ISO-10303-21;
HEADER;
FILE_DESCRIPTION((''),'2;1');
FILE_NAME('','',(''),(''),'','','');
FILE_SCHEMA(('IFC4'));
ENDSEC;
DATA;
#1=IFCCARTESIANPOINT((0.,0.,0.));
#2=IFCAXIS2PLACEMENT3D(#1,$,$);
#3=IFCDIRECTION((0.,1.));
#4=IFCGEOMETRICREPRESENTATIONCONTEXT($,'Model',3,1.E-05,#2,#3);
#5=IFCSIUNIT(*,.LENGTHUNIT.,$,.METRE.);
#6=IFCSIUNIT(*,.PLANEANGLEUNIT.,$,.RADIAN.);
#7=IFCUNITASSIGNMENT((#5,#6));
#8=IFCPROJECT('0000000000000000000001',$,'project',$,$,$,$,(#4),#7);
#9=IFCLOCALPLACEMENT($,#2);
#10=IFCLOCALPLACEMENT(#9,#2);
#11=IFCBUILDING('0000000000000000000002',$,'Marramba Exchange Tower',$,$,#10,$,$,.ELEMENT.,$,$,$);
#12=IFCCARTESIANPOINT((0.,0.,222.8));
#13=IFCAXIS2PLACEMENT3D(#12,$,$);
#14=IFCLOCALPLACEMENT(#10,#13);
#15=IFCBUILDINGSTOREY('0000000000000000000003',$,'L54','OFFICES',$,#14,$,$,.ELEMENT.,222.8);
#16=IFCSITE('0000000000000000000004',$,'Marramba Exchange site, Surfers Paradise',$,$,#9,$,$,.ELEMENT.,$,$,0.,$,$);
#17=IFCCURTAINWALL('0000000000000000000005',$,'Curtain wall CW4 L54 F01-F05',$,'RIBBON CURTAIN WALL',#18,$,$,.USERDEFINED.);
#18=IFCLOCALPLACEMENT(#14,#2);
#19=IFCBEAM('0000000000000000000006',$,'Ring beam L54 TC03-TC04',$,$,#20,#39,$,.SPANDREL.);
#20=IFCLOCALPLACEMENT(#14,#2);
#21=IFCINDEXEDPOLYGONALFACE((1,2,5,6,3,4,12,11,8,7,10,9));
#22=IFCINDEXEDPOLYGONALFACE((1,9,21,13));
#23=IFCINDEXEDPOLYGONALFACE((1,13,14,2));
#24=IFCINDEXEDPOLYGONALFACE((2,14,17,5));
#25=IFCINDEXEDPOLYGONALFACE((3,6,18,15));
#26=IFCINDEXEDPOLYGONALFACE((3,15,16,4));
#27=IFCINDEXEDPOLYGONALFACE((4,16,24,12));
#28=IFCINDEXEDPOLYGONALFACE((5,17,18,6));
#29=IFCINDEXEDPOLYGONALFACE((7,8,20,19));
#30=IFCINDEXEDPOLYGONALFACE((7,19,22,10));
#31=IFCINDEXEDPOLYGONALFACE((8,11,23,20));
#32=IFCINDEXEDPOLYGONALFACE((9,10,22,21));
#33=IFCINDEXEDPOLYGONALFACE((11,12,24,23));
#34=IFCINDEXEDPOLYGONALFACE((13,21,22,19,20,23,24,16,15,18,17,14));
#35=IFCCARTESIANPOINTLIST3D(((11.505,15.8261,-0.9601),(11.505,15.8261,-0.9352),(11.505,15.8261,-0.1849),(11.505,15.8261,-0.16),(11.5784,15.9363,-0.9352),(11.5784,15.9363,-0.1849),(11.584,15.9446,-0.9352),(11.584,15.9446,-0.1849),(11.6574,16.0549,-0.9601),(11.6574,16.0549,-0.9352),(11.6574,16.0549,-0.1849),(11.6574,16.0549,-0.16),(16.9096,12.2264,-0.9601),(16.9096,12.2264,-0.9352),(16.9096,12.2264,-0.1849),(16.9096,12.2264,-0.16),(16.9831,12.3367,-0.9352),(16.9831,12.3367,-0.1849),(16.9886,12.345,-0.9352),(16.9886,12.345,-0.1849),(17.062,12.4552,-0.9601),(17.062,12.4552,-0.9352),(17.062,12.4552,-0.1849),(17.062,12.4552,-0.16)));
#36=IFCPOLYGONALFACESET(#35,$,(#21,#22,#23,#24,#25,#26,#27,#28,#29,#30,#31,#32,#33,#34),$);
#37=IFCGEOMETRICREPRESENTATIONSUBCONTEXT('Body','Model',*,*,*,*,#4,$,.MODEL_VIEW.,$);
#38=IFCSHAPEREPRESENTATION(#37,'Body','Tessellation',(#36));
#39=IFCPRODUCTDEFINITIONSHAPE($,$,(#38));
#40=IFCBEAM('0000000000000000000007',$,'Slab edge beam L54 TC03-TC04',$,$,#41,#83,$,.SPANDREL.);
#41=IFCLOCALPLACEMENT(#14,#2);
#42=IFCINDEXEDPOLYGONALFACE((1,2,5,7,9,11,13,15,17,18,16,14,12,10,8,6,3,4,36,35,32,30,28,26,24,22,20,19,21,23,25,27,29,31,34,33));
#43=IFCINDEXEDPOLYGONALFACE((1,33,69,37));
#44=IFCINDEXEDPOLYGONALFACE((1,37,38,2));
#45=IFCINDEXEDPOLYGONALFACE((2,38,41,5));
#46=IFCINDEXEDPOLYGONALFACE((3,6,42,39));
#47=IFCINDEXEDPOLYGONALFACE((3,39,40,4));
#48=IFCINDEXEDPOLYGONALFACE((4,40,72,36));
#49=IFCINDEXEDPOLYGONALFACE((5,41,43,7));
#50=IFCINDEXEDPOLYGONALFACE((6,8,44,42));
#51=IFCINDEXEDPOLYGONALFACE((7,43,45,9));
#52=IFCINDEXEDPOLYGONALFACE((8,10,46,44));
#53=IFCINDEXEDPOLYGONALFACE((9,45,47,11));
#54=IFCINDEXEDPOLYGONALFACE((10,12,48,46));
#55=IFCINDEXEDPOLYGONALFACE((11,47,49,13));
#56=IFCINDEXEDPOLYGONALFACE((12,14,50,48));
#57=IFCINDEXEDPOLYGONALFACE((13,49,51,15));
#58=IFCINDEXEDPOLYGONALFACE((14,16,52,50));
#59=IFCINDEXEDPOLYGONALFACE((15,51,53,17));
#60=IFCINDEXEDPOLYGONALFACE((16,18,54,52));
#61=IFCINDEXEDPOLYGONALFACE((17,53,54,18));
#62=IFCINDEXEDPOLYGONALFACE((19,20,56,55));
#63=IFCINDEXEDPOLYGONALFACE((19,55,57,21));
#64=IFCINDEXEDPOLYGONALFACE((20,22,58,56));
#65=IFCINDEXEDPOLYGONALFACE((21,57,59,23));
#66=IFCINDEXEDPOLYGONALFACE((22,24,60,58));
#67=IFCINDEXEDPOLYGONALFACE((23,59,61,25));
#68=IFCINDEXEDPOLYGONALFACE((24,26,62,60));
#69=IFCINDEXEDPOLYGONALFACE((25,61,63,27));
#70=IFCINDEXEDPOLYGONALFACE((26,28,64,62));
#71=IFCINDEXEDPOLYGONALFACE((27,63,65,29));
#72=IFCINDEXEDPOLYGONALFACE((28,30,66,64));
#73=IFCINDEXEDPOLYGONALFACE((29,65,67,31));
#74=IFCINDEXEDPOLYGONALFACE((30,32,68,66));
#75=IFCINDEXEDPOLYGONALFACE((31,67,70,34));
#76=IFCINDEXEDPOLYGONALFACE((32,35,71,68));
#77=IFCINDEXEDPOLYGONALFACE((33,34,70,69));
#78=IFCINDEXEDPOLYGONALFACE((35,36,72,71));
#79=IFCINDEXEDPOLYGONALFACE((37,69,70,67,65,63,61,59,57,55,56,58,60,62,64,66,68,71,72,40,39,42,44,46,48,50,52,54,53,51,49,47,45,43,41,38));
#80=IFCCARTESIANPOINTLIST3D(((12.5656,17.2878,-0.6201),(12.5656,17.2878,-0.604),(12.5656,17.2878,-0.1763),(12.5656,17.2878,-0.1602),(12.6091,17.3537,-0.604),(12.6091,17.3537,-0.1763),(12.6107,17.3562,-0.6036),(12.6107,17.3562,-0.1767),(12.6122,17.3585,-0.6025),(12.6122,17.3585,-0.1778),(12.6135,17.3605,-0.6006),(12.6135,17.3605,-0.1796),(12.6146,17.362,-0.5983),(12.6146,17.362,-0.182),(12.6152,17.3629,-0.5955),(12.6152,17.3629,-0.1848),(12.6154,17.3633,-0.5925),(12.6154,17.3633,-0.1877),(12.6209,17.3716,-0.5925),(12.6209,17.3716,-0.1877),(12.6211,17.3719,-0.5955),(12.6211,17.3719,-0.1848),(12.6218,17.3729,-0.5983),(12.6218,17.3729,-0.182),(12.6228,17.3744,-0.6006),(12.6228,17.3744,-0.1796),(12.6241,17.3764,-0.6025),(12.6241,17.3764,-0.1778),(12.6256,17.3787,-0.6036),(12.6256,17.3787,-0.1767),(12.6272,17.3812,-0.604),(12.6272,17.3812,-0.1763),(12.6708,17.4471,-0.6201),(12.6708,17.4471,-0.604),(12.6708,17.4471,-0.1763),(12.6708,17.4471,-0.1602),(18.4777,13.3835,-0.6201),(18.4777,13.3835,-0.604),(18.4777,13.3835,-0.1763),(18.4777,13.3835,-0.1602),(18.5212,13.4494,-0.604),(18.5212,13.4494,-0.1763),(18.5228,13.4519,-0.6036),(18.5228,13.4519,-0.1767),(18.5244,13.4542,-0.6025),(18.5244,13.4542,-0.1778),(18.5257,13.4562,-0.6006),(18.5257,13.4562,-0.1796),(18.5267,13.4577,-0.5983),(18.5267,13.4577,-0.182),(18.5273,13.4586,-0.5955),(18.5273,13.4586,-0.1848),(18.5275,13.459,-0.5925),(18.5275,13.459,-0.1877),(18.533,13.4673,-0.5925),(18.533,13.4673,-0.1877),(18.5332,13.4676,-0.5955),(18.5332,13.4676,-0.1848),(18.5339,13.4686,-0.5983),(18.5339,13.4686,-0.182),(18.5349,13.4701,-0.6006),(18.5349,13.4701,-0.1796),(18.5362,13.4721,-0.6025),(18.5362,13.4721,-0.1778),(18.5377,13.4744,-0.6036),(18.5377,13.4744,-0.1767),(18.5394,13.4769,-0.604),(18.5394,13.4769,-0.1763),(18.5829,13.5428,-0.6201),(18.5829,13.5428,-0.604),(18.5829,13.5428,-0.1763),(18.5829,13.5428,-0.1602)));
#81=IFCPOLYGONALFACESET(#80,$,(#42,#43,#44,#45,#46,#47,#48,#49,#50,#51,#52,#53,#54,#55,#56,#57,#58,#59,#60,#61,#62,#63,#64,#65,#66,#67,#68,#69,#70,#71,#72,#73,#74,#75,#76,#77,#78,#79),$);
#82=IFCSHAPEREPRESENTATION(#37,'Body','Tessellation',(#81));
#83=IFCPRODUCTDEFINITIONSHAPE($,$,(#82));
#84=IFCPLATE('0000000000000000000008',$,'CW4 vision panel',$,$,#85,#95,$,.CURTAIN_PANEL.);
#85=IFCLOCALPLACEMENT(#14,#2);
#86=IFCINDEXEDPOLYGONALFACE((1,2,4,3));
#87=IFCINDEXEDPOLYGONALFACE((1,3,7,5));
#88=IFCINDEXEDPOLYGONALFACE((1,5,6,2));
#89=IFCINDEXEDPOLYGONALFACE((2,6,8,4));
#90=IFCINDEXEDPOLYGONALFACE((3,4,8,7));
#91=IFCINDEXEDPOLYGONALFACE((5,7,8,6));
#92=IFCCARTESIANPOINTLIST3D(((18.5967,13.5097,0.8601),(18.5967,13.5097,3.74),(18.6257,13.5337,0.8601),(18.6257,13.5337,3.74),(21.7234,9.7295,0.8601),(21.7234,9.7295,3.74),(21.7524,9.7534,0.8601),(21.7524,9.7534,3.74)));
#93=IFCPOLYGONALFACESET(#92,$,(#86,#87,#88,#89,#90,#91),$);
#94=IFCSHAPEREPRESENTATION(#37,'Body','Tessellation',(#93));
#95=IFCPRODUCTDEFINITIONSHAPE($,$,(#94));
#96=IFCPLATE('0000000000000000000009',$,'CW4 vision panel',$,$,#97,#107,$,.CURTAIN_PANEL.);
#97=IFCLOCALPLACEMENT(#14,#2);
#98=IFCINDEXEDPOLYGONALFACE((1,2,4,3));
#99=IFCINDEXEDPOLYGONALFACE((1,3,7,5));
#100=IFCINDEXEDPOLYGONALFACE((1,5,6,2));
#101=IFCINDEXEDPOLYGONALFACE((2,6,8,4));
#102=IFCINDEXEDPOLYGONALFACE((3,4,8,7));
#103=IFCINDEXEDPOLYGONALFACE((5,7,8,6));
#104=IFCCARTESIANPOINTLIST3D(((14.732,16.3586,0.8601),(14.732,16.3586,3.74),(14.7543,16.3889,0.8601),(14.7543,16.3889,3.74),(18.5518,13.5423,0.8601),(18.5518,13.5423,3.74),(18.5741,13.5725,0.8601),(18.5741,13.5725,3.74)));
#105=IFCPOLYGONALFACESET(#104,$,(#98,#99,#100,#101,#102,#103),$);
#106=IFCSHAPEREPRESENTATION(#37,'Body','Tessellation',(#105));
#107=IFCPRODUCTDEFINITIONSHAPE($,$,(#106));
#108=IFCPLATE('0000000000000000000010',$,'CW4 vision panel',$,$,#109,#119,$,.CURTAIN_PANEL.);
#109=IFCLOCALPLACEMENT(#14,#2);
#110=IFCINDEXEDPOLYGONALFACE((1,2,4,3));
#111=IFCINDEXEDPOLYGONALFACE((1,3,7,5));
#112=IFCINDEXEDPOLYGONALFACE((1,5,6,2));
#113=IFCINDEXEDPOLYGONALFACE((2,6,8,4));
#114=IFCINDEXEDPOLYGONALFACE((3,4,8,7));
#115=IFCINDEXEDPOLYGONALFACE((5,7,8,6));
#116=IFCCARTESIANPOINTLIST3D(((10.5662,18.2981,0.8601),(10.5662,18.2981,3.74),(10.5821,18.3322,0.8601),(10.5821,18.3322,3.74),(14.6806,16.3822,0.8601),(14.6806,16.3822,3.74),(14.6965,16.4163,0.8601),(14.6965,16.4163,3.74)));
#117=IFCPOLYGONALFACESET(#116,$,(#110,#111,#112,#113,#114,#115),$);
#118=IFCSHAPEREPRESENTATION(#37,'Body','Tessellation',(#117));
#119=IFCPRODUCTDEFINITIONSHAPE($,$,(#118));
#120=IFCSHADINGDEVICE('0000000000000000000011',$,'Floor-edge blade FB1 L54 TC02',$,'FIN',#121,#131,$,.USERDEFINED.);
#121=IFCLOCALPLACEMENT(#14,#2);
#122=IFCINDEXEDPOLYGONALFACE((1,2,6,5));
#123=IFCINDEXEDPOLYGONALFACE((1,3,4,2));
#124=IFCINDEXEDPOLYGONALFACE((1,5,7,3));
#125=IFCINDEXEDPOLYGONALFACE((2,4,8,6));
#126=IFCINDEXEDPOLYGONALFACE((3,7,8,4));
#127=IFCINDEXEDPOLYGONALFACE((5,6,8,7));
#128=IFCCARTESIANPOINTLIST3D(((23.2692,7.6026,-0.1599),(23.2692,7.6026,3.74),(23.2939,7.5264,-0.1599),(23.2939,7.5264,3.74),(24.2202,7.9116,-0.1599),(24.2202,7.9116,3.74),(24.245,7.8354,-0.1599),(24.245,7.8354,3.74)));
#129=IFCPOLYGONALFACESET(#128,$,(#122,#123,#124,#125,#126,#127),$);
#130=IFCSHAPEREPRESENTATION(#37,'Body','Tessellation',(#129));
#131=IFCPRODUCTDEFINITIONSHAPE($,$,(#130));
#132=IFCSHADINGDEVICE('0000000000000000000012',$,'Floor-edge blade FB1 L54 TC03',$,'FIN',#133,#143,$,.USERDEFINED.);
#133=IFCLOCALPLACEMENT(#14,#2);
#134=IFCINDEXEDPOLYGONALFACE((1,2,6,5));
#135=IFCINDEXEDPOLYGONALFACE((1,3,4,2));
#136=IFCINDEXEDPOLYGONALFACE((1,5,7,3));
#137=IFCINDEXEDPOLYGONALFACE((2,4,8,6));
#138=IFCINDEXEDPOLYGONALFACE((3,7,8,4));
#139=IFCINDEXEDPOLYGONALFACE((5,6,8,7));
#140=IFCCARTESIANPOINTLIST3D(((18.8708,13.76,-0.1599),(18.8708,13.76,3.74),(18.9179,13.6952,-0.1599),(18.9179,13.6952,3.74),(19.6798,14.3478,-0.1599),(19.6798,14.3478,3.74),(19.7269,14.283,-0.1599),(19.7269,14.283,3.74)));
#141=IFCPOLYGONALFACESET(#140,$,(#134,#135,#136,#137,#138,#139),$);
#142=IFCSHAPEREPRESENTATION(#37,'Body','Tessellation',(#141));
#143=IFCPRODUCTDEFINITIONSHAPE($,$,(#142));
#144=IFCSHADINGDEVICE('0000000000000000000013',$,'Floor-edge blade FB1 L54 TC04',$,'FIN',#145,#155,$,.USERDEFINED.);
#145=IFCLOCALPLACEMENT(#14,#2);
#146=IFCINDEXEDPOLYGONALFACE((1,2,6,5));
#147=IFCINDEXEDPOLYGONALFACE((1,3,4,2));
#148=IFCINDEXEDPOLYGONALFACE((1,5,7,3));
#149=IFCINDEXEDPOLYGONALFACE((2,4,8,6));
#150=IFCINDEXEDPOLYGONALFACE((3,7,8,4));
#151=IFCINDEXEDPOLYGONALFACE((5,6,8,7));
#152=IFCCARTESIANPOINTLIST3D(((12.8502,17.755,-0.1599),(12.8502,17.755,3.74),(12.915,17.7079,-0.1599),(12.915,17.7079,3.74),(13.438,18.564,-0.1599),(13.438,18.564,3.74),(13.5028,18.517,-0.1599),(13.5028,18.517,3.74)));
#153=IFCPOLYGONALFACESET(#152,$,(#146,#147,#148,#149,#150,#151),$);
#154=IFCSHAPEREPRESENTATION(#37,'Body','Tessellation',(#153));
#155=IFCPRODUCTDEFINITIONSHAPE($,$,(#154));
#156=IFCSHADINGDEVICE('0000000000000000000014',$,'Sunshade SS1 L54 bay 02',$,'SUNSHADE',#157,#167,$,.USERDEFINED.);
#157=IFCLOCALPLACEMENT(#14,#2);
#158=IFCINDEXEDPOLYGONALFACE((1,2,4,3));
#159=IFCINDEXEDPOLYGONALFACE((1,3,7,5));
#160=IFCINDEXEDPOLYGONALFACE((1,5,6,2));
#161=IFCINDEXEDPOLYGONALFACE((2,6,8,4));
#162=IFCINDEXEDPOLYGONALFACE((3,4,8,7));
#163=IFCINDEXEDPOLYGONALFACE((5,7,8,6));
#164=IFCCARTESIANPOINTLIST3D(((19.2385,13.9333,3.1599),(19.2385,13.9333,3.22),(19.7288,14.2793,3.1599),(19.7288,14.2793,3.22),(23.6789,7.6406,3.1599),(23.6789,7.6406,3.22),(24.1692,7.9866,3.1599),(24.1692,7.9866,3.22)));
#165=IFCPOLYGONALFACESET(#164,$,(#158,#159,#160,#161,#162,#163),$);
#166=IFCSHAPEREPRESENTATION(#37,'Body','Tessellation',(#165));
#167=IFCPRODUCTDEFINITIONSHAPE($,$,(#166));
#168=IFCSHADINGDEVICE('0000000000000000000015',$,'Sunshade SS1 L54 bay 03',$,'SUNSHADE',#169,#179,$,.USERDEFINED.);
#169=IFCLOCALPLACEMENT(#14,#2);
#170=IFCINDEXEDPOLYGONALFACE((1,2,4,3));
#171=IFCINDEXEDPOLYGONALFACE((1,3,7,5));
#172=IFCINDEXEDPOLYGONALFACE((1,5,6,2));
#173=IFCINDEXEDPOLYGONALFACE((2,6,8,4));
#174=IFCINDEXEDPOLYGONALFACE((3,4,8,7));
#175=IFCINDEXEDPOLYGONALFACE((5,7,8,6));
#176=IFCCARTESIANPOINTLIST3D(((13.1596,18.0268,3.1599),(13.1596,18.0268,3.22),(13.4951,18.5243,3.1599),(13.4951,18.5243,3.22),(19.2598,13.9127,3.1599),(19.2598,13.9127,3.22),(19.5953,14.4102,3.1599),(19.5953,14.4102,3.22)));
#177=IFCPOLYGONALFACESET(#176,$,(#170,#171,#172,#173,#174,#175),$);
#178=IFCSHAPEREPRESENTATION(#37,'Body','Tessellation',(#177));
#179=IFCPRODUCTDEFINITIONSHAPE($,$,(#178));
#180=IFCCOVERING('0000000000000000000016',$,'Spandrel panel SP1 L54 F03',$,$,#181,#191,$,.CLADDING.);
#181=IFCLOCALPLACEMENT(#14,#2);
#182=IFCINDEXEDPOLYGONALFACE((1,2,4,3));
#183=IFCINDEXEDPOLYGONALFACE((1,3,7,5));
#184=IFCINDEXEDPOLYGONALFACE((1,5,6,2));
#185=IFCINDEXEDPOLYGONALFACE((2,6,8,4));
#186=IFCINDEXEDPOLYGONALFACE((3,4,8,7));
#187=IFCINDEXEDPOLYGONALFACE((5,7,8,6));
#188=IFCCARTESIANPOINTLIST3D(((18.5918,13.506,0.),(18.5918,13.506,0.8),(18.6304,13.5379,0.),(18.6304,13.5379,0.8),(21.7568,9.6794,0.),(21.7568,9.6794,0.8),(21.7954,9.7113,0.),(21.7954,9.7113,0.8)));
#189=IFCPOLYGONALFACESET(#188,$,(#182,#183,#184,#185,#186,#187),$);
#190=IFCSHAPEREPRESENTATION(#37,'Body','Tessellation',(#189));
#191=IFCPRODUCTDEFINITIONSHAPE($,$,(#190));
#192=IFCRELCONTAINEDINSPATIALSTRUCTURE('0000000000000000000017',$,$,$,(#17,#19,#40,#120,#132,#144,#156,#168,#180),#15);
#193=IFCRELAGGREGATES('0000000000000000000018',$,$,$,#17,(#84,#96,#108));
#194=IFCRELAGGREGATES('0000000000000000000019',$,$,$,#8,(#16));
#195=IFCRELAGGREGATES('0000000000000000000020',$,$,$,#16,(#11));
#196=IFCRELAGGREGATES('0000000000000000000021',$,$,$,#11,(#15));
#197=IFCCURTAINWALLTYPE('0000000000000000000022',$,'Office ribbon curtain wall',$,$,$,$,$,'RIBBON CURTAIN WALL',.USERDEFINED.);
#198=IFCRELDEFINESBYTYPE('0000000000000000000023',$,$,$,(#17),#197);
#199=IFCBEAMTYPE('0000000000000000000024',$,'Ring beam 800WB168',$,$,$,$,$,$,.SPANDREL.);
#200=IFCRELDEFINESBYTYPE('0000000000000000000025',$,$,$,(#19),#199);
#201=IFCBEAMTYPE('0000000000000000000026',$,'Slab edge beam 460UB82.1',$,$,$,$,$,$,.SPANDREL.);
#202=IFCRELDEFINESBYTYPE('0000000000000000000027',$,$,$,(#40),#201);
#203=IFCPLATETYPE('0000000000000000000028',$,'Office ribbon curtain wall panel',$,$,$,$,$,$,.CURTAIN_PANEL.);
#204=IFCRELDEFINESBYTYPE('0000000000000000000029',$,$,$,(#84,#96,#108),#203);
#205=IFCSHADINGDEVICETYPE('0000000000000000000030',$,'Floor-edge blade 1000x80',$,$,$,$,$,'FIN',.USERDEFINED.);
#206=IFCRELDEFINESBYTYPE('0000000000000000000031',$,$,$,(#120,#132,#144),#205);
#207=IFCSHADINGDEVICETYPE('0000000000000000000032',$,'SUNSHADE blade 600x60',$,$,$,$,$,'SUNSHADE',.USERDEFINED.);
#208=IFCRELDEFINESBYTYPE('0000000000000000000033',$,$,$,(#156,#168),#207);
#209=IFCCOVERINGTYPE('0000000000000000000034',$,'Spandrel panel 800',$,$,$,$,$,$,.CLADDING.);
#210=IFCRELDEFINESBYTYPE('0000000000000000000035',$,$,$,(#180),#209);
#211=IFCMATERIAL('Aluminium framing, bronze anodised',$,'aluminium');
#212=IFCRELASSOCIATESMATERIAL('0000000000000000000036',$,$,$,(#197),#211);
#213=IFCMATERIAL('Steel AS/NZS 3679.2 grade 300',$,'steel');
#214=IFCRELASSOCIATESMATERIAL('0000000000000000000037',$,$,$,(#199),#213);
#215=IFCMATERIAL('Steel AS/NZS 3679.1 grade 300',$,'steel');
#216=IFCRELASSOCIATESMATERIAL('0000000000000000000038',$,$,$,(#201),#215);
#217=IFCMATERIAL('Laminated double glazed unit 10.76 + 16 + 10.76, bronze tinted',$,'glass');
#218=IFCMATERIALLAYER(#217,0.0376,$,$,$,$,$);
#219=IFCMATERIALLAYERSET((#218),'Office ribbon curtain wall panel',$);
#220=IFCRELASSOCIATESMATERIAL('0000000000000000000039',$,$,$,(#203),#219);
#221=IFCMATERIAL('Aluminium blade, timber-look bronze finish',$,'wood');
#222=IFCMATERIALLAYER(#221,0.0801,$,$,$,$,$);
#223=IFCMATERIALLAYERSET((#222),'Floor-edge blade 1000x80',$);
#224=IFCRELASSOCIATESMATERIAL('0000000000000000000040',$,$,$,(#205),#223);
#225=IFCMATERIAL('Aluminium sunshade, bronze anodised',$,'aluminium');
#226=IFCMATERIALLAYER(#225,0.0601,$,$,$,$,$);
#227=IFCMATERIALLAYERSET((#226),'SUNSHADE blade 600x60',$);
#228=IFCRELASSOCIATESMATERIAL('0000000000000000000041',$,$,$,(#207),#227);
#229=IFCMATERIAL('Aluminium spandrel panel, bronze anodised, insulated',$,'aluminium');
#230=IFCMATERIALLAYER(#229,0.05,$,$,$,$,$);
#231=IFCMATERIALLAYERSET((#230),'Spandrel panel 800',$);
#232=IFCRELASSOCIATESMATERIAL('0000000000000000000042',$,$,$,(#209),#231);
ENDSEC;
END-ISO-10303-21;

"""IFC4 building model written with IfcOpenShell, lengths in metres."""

from ifc_helpers import new_model, si_unit, direction, frame, origin, origin_2d, place, context, subcontext, project, spatial, rectangle, i_section, extrude, material, layer, layer_set, material_profile, profile_set, type_object, element, aggregate, save


model = new_model("IFC4")

# Units and contexts
model_context = context("Model", 3, precision=1e-05, world=origin(), true_north=direction((0.0, 1.0)))
body_context = subcontext(model_context, "Body", "Model", "MODEL_VIEW")
ifc_project = project(units=[si_unit("LENGTHUNIT", "METRE"), si_unit("PLANEANGLEUNIT", "RADIAN")], contexts=[model_context])

# Site, building, storey
site_placement = place(None, origin())
site = spatial("IfcSite", under=ifc_project, at=site_placement, Name="Marramba Exchange site, Surfers Paradise", CompositionType="ELEMENT", RefElevation=0.0)
building_placement = place(site_placement, origin())
building = spatial("IfcBuilding", under=site, at=building_placement, Name="Marramba Exchange Tower", CompositionType="ELEMENT")
storey_placement = place(building_placement, frame((0.0, 0.0, 222.8)))
storey = spatial("IfcBuildingStorey", under=building, at=storey_placement, Name="L54", Description="OFFICES", CompositionType="ELEMENT", Elevation=222.8)

# Shared definitions
ifc_material_1 = material(Name="Steel AS/NZS 3679.2 grade 300", Category="steel")
ifc_material_2 = material(Name="Steel AS/NZS 3679.1 grade 300", Category="steel")

# Curtain wall
ifc_material_3 = material(Name="Aluminium framing, bronze anodised", Category="aluminium")
curtain_wall_type = type_object("IfcCurtainWallType", Name="Office ribbon curtain wall", ElementType="RIBBON CURTAIN WALL", PredefinedType="USERDEFINED", material=ifc_material_3)
curtain_wall_placement = place(storey_placement, origin())
curtain_wall = element("IfcCurtainWall", 1, at=curtain_wall_placement, inside=storey, type_object=curtain_wall_type, Name="Curtain wall CW4 L54 F01-F05", ObjectType="RIBBON CURTAIN WALL", PredefinedType="USERDEFINED")

# Beams
ifc_material_profile_1 = material_profile(ifc_material_1, i_section(OverallWidth=0.2749, OverallDepth=0.8, WebThickness=0.01, FlangeThickness=0.0249, at=origin_2d()), Name="800WB168")
ifc_profile_set_1 = profile_set([ifc_material_profile_1], Name="Steel AS/NZS 3679.2 grade 300")
beam_type_1 = type_object("IfcBeamType", Name="Ring beam 800WB168", PredefinedType="SPANDREL", material=ifc_profile_set_1)
beam_1_placement = place(storey_placement, frame((16.9858, 12.3408, -0.5601), z_axis=(-0.832293, 0.554336, 0.0), x_axis=(-0.554336, -0.832293, 0.0)))
element("IfcBeam", 2, at=beam_1_placement, inside=storey, type_object=beam_type_1, Name="Ring beam L54 TC03-TC04", PredefinedType="SPANDREL", context=body_context, shape_type="SweptSolid", body=[
    extrude(i_section(OverallWidth=0.2749, OverallDepth=0.8, WebThickness=0.01, FlangeThickness=0.0249, at=origin_2d()), origin(), (0.0, 0.0, 1.0), 6.4937),
])
ifc_material_profile_2 = material_profile(ifc_material_2, i_section(OverallWidth=0.1909, OverallDepth=0.46, WebThickness=0.01, FlangeThickness=0.0161, FilletRadius=0.0115, at=origin_2d()), Name="460UB82.1")
ifc_profile_set_2 = profile_set([ifc_material_profile_2], Name="Steel AS/NZS 3679.1 grade 300")
beam_type_2 = type_object("IfcBeamType", Name="Slab edge beam 460UB82.1", PredefinedType="SPANDREL", material=ifc_profile_set_2)
beam_2_placement = place(storey_placement, frame((18.5303, 13.4631, -0.3901), z_axis=(-0.83446, 0.551069, 0.0), x_axis=(-0.551069, -0.83446, 0.0)))
element("IfcBeam", 3, at=beam_2_placement, inside=storey, type_object=beam_type_2, Name="Slab edge beam L54 TC03-TC04", PredefinedType="SPANDREL", context=body_context, shape_type="SweptSolid", body=[
    extrude(i_section(OverallWidth=0.1909, OverallDepth=0.46, WebThickness=0.01, FlangeThickness=0.0161, FilletRadius=0.0115, at=origin_2d()), origin(), (0.0, 0.0, 1.0), 7.085),
])

# Plates
ifc_material_4 = material(Name="Laminated double glazed unit 10.76 + 16 + 10.76, bronze tinted", Category="glass")
ifc_layer_1 = layer(ifc_material_4, 0.0376)
ifc_layer_set_1 = layer_set([ifc_layer_1], Name="Office ribbon curtain wall panel")
plate_type = type_object("IfcPlateType", Name="Office ribbon curtain wall panel", PredefinedType="CURTAIN_PANEL", material=ifc_layer_set_1)
plate_1_placement = place(storey_placement, frame((20.1746, 11.6316, 0.8601), z_axis=(0.0, 0.0, 1.0), x_axis=(-0.63735, 0.770574, 0.0)))
plate_1 = element("IfcPlate", 4, at=plate_1_placement, type_object=plate_type, Name="CW4 vision panel", PredefinedType="CURTAIN_PANEL", context=body_context, shape_type="SweptSolid", body=[
    extrude(rectangle(XDim=4.9058, YDim=0.0376, at=origin_2d()), origin(), (0.0, 0.0, 1.0), 2.8799),
])
plate_2_placement = place(storey_placement, frame((16.6531, 14.9656, 0.8601), z_axis=(0.0, 0.0, 1.0), x_axis=(-0.804877, 0.593441, 0.0)))
plate_2 = element("IfcPlate", 5, at=plate_2_placement, type_object=plate_type, Name="CW4 vision panel", PredefinedType="CURTAIN_PANEL", context=body_context, shape_type="SweptSolid", body=[
    extrude(rectangle(XDim=4.7458, YDim=0.0376, at=origin_2d()), origin(), (0.0, 0.0, 1.0), 2.8799),
])
plate_3_placement = place(storey_placement, frame((12.6313, 17.3572, 0.8601), z_axis=(0.0, 0.0, 1.0), x_axis=(-0.906534, 0.422133, 0.0)))
plate_3 = element("IfcPlate", 6, at=plate_3_placement, type_object=plate_type, Name="CW4 vision panel", PredefinedType="CURTAIN_PANEL", context=body_context, shape_type="SweptSolid", body=[
    extrude(rectangle(XDim=4.5386, YDim=0.0376, at=origin_2d()), origin(), (0.0, 0.0, 1.0), 2.8799),
])
aggregate(curtain_wall, [plate_1, plate_2, plate_3])

# Shading devices
ifc_material_5 = material(Name="Aluminium blade, timber-look bronze finish", Category="wood")
ifc_layer_2 = layer(ifc_material_5, 0.0801)
ifc_layer_set_2 = layer_set([ifc_layer_2], Name="Floor-edge blade 1000x80")
shading_device_type_1 = type_object("IfcShadingDeviceType", Name="Floor-edge blade 1000x80", ElementType="FIN", PredefinedType="USERDEFINED", material=ifc_layer_set_2)
for number, where, z_axis, x_axis, name in (
    (7, (23.7571, 7.719, -0.1599), (0.0, 0.0, 1.0), (0.951057, 0.309017, 0.0), "Floor-edge blade FB1 L54 TC02"),
    (8, (19.2988, 14.0215, -0.1599), (0.0, 0.0, 1.0), (0.809017, 0.587785, 0.0), "Floor-edge blade FB1 L54 TC03"),
    (9, (13.1765, 18.136, -0.1599), (0.0, 0.0, 1.0), (0.587785, 0.809017, 0.0), "Floor-edge blade FB1 L54 TC04"),
):
    element("IfcShadingDevice", number, at=place(storey_placement, frame(where, z_axis=z_axis, x_axis=x_axis)), inside=storey, type_object=shading_device_type_1, Name=name, ObjectType="FIN", PredefinedType="USERDEFINED", context=body_context, shape_type="SweptSolid", body=[
        extrude(rectangle(XDim=1.0, YDim=0.0801, at=origin_2d()), origin(), (0.0, 0.0, 1.0), 3.8999),
    ])
ifc_material_6 = material(Name="Aluminium sunshade, bronze anodised", Category="aluminium")
ifc_layer_3 = layer(ifc_material_6, 0.0601)
ifc_layer_set_3 = layer_set([ifc_layer_3], Name="SUNSHADE blade 600x60")
shading_device_type_2 = type_object("IfcShadingDeviceType", Name="SUNSHADE blade 600x60", ElementType="SUNSHADE", PredefinedType="USERDEFINED", material=ifc_layer_set_3)
shading_device_1_placement = place(storey_placement, frame((21.7039, 10.96, 3.1599), z_axis=(0.0, 0.0, 1.0), x_axis=(-0.576555, 0.817058, 0.0)))
element("IfcShadingDevice", 10, at=shading_device_1_placement, inside=storey, type_object=shading_device_type_2, Name="Sunshade SS1 L54 bay 02", ObjectType="SUNSHADE", PredefinedType="USERDEFINED", context=body_context, shape_type="SweptSolid", body=[
    extrude(rectangle(XDim=7.7017, YDim=0.6001, at=origin_2d()), origin(), (0.0, 0.0, 1.0), 0.0601),
])
shading_device_2_placement = place(storey_placement, frame((16.3774, 16.2185, 3.1599), z_axis=(0.0, 0.0, 1.0), x_axis=(-0.829071, 0.559143, 0.0)))
element("IfcShadingDevice", 11, at=shading_device_2_placement, inside=storey, type_object=shading_device_type_2, Name="Sunshade SS1 L54 bay 03", ObjectType="SUNSHADE", PredefinedType="USERDEFINED", context=body_context, shape_type="SweptSolid", body=[
    extrude(rectangle(XDim=7.3579, YDim=0.6001, at=origin_2d()), origin(), (0.0, 0.0, 1.0), 0.0601),
])

# Covering
ifc_material_7 = material(Name="Aluminium spandrel panel, bronze anodised, insulated", Category="aluminium")
ifc_layer_4 = layer(ifc_material_7, 0.05)
ifc_layer_set_4 = layer_set([ifc_layer_4], Name="Spandrel panel 800")
covering_type = type_object("IfcCoveringType", Name="Spandrel panel 800", PredefinedType="CLADDING", material=ifc_layer_set_4)
covering_1_placement = place(storey_placement, frame((20.1936, 11.6086, 0.0), z_axis=(0.0, 0.0, 1.0), x_axis=(-0.63735, 0.770574, 0.0)))
element("IfcCovering", 12, at=covering_1_placement, inside=storey, type_object=covering_type, Name="Spandrel panel SP1 L54 F03", PredefinedType="CLADDING", context=body_context, shape_type="SweptSolid", body=[
    extrude(rectangle(XDim=4.9658, YDim=0.05, at=origin_2d()), origin(), (0.0, 0.0, 1.0), 0.8),
])

save(model, "model.ifc")
